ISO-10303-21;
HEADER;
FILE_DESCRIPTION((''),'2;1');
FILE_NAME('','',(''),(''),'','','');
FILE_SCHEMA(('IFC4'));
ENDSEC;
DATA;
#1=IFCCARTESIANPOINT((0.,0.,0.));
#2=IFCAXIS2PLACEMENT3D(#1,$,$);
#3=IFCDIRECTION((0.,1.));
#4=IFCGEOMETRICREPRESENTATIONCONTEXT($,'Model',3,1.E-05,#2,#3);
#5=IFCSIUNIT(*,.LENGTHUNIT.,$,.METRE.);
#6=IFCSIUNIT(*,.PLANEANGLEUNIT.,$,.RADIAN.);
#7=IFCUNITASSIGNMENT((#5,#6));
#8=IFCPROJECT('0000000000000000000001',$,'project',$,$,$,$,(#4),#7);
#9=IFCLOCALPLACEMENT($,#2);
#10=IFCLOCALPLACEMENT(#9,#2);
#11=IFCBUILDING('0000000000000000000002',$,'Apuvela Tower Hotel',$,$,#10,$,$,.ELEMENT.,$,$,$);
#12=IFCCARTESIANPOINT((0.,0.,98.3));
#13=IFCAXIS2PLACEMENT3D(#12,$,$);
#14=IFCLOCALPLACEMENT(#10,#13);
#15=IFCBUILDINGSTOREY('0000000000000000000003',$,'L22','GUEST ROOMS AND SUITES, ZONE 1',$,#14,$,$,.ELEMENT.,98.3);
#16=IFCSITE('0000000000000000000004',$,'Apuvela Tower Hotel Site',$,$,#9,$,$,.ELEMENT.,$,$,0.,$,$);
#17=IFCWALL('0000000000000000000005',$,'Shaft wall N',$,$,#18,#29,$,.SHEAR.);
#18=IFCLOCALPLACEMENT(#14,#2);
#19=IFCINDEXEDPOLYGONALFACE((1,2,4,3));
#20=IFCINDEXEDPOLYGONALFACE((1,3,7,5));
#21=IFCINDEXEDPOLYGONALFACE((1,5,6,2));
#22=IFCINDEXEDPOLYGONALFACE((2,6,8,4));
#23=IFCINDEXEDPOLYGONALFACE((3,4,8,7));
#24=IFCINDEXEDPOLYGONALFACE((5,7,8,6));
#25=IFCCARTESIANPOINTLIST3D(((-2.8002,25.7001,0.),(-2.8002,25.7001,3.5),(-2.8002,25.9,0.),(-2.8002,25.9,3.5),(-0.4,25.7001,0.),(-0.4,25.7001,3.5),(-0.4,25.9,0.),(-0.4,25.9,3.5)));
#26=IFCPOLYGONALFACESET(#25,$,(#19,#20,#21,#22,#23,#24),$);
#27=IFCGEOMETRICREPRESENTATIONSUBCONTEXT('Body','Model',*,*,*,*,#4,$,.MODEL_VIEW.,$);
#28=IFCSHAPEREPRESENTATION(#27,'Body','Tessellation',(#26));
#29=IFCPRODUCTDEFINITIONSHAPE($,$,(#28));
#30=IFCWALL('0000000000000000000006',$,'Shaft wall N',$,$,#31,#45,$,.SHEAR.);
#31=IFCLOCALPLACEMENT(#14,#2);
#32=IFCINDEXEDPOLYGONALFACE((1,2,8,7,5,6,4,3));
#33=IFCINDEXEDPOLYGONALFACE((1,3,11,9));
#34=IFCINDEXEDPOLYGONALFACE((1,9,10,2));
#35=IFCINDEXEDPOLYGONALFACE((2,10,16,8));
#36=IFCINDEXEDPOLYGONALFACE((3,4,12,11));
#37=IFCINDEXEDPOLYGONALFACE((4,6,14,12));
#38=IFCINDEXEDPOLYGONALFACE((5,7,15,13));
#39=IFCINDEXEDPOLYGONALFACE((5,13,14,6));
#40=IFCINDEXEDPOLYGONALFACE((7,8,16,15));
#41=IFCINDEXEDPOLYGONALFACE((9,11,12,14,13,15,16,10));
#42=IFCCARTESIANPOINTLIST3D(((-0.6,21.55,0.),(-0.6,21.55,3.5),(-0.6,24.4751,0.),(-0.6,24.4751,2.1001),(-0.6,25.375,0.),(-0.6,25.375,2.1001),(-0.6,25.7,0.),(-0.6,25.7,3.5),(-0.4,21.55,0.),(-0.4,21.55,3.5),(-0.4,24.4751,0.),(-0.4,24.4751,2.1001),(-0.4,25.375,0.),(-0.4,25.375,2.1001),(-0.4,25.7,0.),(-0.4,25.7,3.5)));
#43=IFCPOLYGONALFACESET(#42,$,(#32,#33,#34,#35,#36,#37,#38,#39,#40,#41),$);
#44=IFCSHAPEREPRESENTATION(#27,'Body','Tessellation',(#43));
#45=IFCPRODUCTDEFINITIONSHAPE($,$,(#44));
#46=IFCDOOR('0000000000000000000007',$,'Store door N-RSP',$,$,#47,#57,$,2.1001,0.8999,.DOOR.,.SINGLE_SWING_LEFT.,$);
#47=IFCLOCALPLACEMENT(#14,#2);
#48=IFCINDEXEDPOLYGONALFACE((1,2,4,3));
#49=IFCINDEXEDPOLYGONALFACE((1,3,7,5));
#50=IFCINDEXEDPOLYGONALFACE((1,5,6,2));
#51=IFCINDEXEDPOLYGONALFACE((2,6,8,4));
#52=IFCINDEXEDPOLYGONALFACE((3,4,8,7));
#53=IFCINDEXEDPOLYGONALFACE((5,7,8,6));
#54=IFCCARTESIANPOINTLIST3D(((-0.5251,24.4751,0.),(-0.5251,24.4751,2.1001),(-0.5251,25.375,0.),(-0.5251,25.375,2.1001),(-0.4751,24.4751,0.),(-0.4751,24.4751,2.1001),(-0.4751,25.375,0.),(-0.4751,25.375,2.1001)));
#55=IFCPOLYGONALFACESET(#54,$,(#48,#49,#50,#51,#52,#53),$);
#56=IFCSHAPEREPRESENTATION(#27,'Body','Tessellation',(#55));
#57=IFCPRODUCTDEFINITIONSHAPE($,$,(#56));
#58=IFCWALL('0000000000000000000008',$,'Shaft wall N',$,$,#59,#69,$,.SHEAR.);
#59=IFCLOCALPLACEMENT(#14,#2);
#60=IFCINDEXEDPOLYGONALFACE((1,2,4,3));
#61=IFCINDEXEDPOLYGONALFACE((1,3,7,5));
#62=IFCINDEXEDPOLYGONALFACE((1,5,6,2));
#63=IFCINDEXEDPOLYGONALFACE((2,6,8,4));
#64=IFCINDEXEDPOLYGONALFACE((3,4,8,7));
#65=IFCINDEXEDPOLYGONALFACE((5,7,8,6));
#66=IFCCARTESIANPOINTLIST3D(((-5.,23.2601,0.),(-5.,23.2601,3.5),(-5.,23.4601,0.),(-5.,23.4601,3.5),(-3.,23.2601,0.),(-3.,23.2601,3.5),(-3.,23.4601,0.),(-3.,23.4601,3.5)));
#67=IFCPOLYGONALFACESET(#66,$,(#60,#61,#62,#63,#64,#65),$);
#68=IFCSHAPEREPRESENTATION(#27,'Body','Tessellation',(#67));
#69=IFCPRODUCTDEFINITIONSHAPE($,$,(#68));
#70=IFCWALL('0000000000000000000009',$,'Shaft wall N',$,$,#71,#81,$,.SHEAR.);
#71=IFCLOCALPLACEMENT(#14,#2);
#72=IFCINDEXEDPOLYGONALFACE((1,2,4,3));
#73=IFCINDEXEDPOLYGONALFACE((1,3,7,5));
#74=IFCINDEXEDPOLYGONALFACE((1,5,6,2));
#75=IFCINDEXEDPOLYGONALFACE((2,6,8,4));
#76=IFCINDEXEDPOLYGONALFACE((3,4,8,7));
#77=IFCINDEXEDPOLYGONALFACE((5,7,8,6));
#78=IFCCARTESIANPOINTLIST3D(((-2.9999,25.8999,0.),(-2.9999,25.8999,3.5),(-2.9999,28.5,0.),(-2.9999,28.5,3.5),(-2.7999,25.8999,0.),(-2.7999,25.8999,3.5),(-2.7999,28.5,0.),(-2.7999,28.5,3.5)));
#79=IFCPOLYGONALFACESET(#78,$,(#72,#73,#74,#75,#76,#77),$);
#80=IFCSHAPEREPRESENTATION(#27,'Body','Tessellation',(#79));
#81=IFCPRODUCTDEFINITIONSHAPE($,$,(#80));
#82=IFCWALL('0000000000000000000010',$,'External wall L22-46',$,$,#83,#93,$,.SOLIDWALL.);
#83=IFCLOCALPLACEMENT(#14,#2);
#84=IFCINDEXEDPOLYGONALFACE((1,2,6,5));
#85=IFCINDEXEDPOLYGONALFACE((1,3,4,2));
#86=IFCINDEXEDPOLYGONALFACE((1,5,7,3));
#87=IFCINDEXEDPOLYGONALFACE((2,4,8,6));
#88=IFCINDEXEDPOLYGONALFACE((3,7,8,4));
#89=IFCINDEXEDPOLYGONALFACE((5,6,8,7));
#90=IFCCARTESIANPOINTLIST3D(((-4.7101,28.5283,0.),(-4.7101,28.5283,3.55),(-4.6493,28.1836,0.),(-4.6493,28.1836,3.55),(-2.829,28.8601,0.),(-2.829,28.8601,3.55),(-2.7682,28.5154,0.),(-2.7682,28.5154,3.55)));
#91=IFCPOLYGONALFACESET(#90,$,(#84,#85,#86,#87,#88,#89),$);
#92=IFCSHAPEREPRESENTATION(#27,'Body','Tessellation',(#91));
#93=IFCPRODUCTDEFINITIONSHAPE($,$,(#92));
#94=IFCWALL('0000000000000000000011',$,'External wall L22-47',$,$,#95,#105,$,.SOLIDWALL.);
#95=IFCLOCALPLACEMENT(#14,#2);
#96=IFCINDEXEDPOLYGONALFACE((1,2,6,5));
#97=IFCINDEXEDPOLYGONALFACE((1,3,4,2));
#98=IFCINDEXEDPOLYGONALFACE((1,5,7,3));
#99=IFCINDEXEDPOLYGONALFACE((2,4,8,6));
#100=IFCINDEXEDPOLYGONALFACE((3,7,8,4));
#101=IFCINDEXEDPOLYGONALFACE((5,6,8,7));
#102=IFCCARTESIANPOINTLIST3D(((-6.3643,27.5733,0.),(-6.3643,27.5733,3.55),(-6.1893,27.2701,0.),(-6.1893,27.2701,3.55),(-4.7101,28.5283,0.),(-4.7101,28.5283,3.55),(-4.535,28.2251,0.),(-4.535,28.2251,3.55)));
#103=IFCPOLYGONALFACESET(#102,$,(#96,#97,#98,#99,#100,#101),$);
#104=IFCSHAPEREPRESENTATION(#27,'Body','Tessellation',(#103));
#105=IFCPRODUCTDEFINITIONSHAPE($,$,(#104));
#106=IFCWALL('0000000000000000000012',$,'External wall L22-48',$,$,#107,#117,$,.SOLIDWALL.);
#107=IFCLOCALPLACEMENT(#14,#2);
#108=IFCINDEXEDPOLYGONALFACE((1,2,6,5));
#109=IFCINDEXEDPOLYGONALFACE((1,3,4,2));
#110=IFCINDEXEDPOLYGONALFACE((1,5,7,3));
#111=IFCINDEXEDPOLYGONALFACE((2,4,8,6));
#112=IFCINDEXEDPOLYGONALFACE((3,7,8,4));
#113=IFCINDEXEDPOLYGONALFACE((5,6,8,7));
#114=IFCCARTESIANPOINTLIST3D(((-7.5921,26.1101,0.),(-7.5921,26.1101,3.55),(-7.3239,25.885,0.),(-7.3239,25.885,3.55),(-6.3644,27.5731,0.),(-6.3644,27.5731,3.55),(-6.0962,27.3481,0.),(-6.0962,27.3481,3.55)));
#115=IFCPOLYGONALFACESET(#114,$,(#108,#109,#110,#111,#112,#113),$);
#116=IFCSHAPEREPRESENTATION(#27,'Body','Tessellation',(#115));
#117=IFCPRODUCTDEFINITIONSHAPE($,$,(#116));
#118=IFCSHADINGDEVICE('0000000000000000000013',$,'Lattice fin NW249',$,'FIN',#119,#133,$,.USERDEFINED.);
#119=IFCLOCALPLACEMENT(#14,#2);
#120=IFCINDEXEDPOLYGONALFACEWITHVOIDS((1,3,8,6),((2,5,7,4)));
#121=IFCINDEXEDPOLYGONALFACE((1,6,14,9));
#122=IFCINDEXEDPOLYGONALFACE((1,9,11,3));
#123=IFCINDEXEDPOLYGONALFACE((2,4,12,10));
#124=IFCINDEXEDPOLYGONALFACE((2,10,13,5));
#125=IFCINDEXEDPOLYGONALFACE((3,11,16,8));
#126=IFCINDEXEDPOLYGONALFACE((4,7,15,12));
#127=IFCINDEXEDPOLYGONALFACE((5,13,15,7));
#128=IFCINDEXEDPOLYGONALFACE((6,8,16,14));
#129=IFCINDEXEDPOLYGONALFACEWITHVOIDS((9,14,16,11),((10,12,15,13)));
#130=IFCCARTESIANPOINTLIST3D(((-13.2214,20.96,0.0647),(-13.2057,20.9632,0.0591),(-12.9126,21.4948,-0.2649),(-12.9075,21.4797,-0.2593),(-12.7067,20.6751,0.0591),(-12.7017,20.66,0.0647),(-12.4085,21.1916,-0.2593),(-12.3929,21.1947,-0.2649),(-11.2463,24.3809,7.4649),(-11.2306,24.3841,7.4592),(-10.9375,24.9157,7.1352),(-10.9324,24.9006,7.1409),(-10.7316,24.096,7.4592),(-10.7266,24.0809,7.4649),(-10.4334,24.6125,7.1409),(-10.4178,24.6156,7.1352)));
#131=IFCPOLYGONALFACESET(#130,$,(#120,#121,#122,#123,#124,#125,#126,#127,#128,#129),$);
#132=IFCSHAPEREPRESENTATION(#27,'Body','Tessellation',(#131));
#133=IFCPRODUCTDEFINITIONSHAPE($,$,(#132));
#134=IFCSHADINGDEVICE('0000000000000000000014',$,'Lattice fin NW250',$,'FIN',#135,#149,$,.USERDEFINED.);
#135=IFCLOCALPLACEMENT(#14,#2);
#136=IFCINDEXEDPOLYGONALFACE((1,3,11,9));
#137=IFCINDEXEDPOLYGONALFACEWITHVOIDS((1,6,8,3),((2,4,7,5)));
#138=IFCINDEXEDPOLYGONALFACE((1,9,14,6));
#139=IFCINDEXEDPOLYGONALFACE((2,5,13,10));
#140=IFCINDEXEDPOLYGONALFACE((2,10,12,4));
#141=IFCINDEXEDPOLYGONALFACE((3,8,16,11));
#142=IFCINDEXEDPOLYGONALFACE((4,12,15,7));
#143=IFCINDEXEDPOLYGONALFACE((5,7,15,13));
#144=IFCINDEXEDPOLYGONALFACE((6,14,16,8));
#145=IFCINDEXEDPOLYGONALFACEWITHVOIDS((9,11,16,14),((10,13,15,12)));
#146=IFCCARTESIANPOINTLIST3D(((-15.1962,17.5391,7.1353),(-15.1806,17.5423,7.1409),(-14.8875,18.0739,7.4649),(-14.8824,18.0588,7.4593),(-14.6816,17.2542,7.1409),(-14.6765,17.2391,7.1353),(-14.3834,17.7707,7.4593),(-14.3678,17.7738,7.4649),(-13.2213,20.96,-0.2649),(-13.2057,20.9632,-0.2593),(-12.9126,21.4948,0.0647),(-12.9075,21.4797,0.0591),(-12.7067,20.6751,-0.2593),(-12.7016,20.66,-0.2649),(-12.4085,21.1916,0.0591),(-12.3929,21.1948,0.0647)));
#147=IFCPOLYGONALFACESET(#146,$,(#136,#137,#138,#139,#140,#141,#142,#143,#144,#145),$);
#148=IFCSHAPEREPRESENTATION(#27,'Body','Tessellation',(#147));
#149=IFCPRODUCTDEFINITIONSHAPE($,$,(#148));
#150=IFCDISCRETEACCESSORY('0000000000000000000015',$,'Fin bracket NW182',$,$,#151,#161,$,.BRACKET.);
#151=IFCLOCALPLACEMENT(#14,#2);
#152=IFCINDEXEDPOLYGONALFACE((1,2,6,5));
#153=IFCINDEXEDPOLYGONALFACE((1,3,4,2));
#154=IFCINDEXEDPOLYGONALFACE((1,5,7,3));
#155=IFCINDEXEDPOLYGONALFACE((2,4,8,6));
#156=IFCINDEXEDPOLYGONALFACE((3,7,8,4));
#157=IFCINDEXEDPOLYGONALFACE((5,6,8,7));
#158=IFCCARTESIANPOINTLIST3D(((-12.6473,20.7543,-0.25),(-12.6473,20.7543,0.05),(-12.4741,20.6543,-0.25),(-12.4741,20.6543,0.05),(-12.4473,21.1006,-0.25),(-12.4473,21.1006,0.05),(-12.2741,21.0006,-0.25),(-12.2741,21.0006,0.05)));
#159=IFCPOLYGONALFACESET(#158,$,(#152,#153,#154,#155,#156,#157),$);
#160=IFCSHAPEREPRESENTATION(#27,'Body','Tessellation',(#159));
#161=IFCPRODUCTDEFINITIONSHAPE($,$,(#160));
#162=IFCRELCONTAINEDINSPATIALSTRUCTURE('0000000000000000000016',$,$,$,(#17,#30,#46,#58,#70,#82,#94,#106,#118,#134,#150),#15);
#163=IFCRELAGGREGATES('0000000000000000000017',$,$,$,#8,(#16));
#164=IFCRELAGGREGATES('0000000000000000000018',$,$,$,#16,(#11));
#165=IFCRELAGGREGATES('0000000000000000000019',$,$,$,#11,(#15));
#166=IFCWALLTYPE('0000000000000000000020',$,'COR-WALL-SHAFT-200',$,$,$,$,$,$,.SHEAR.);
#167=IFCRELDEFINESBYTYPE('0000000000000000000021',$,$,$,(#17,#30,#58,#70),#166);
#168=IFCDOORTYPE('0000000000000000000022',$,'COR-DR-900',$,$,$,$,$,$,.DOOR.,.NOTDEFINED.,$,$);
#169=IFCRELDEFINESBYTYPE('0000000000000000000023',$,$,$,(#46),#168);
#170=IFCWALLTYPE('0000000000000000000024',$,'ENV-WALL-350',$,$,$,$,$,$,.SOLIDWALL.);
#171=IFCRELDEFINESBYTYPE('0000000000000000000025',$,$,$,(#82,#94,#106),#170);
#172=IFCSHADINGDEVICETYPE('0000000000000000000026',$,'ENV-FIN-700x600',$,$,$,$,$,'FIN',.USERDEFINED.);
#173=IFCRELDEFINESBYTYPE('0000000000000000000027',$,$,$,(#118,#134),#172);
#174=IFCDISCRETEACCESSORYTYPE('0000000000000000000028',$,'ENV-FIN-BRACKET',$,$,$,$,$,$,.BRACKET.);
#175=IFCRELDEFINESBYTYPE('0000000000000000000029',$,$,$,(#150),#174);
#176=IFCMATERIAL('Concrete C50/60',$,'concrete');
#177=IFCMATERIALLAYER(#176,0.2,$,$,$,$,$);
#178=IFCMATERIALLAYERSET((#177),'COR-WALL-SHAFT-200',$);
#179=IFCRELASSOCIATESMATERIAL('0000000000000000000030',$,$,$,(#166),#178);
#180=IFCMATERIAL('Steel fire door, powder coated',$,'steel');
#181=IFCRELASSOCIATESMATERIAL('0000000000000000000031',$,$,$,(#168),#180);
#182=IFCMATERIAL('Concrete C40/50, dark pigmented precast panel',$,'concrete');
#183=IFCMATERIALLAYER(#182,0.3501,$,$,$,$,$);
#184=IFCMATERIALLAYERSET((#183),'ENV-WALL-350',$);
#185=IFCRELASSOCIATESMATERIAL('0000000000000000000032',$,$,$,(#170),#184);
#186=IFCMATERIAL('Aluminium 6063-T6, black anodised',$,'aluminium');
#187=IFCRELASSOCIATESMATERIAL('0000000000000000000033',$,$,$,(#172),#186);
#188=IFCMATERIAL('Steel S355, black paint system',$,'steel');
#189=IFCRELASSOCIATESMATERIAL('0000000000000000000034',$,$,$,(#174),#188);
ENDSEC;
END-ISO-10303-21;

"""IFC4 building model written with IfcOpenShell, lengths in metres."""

from ifc_helpers import new_model, si_unit, direction, frame, frame_2d, origin, origin_2d, place, context, subcontext, project, spatial, rectangle, hollow_rectangle, extrude, material, layer, layer_set, material_profile, profile_set, type_object, element, fill, save


model = new_model("IFC4")

# Units and contexts
model_context = context("Model", 3, precision=1e-05, world=origin(), true_north=direction((0.0, 1.0)))
body_context = subcontext(model_context, "Body", "Model", "MODEL_VIEW")
ifc_project = project(units=[si_unit("LENGTHUNIT", "METRE"), si_unit("PLANEANGLEUNIT", "RADIAN")], contexts=[model_context])

# Site, building, storey
site_placement = place(None, origin())
site = spatial("IfcSite", under=ifc_project, at=site_placement, Name="Apuvela Tower Hotel Site", CompositionType="ELEMENT", RefElevation=0.0)
building_placement = place(site_placement, origin())
building = spatial("IfcBuilding", under=site, at=building_placement, Name="Apuvela Tower Hotel", CompositionType="ELEMENT")
storey_placement = place(building_placement, frame((0.0, 0.0, 98.3)))
storey = spatial("IfcBuildingStorey", under=building, at=storey_placement, Name="L22", Description="GUEST ROOMS AND SUITES, ZONE 1", CompositionType="ELEMENT", Elevation=98.3)

# Wall
ifc_material_1 = material(Name="Concrete C50/60", Category="concrete")
ifc_layer_1 = layer(ifc_material_1, 0.2)
ifc_layer_set_1 = layer_set([ifc_layer_1], Name="COR-WALL-SHAFT-200")
wall_type_1 = type_object("IfcWallType", Name="COR-WALL-SHAFT-200", PredefinedType="SHEAR", material=ifc_layer_set_1)
wall_1_placement = place(storey_placement, frame((-0.3999, 25.8, 0.0), z_axis=(0.0, 0.0, 1.0), x_axis=(-1.0, 0.0, 0.0)))
element("IfcWall", 1, at=wall_1_placement, inside=storey, type_object=wall_type_1, Name="Shaft wall N", PredefinedType="SHEAR", context=body_context, shape_type="SweptSolid", body=[
    extrude(rectangle(XDim=2.4001, YDim=0.2, at=frame_2d((1.2002, 0.0))), origin(), (0.0, 0.0, 1.0), 3.5),
])

# Wall, opening, door
wall_2_placement = place(storey_placement, frame((-0.5, 21.55, 0.0), z_axis=(0.0, 0.0, 1.0), x_axis=(0.0, 1.0, 0.0)))
wall_2 = element("IfcWall", 2, at=wall_2_placement, inside=storey, type_object=wall_type_1, Name="Shaft wall N", PredefinedType="SHEAR", context=body_context, shape_type="SweptSolid", body=[
    extrude(rectangle(XDim=4.1499, YDim=0.2, at=frame_2d((2.075, 0.0))), origin(), (0.0, 0.0, 1.0), 3.5),
])
opening_1_placement = place(wall_2_placement, frame((2.925, 0.0, 0.0)))
opening_1 = element("IfcOpeningElement", 3, at=opening_1_placement, cuts=wall_2, PredefinedType="OPENING", context=body_context, shape_type="SweptSolid", body=[
    extrude(rectangle(XDim=0.8999, YDim=2.1001, at=frame_2d((0.45, 1.05))), frame((0.0, 0.1099, 0.0), z_axis=(0.0, -1.0, 0.0), x_axis=(1.0, 0.0, 0.0)), (0.0, 0.0, 1.0), 0.22),
])
ifc_material_2 = material(Name="Steel fire door, powder coated", Category="steel")
door_type_1 = type_object("IfcDoorType", Name="COR-DR-900", OperationType="NOTDEFINED", PredefinedType="DOOR", material=ifc_material_2)
door_1_placement = place(opening_1_placement, frame((0.8999, 0.0, 0.0), z_axis=(0.0, 0.0, 1.0), x_axis=(-1.0, 0.0, 0.0)))
door_1 = element("IfcDoor", 4, at=door_1_placement, inside=storey, type_object=door_type_1, Name="Store door N-RSP", OperationType="SINGLE_SWING_LEFT", OverallHeight=2.1001, OverallWidth=0.8999, PredefinedType="DOOR", context=body_context, shape_type="SweptSolid", body=[
    extrude(rectangle(XDim=0.8999, YDim=2.1001, at=frame_2d((0.45, 1.05))), frame((0.0, 0.0249, 0.0), z_axis=(0.0, -1.0, 0.0), x_axis=(1.0, 0.0, 0.0)), (0.0, 0.0, 1.0), 0.05),
])
fill(opening_1, door_1)

# Walls
wall_3_placement = place(storey_placement, frame((-3.0, 23.3601, 0.0), z_axis=(0.0, 0.0, 1.0), x_axis=(-1.0, 0.0, 0.0)))
element("IfcWall", 5, at=wall_3_placement, inside=storey, type_object=wall_type_1, Name="Shaft wall N", PredefinedType="SHEAR", context=body_context, shape_type="SweptSolid", body=[
    extrude(rectangle(XDim=2.0, YDim=0.2, at=frame_2d((1.0, 0.0))), origin(), (0.0, 0.0, 1.0), 3.5),
])
wall_4_placement = place(storey_placement, frame((-2.8999, 25.8999, 0.0), z_axis=(0.0, 0.0, 1.0), x_axis=(0.0, 1.0, 0.0)))
element("IfcWall", 6, at=wall_4_placement, inside=storey, type_object=wall_type_1, Name="Shaft wall N", PredefinedType="SHEAR", context=body_context, shape_type="SweptSolid", body=[
    extrude(rectangle(XDim=2.6001, YDim=0.2, at=frame_2d((1.3, 0.0))), origin(), (0.0, 0.0, 1.0), 3.5),
])

# Shared definitions
ifc_material_3 = material(Name="Concrete C40/50, dark pigmented precast panel", Category="concrete")
ifc_layer_2 = layer(ifc_material_3, 0.3501)
ifc_layer_set_2 = layer_set([ifc_layer_2], Name="ENV-WALL-350")
wall_type_2 = type_object("IfcWallType", Name="ENV-WALL-350", PredefinedType="SOLIDWALL", material=ifc_layer_set_2)

# Walls
for number, where, z_axis, x_axis, name in (
    (7, (-2.7986, 28.6877, 0.0), (0.0, 0.0, 1.0), (-0.984799, -0.173698, 0.0), "External wall L22-46"),
    (8, (-4.6226, 28.3767, 0.0), (0.0, 0.0, 1.0), (-0.866032, -0.499988, 0.0), "External wall L22-47"),
):
    element("IfcWall", number, at=place(storey_placement, frame(where, z_axis=z_axis, x_axis=x_axis)), inside=storey, type_object=wall_type_2, Name=name, PredefinedType="SOLIDWALL", context=body_context, shape_type="SweptSolid", body=[
        extrude(rectangle(XDim=1.9102, YDim=0.3501, at=frame_2d((0.9551, 0.0))), origin(), (0.0, 0.0, 1.0), 3.55),
    ])
wall_5_placement = place(storey_placement, frame((-6.2302, 27.4607, 0.0), z_axis=(0.0, 0.0, 1.0), x_axis=(-0.642808, -0.766027, 0.0)))
element("IfcWall", 9, at=wall_5_placement, inside=storey, type_object=wall_type_2, Name="External wall L22-48", PredefinedType="SOLIDWALL", context=body_context, shape_type="SweptSolid", body=[
    extrude(rectangle(XDim=1.9099, YDim=0.3501, at=frame_2d((0.9551, 0.0))), origin(), (0.0, 0.0, 1.0), 3.55),
])

# Shading devices
ifc_material_4 = material(Name="Aluminium 6063-T6, black anodised", Category="aluminium")
ifc_material_profile_1 = material_profile(ifc_material_4, hollow_rectangle(XDim=0.6001, YDim=0.7, WallThickness=0.012, at=origin_2d()), Name="AL BOX 700x600x12")
ifc_profile_set_1 = profile_set([ifc_material_profile_1], Name="Aluminium 6063-T6, black anodised")
shading_device_type = type_object("IfcShadingDeviceType", Name="ENV-FIN-700x600", ElementType="FIN", PredefinedType="USERDEFINED", material=ifc_profile_set_1)
for number, where, z_axis, x_axis, name in (
    (10, (-12.8071, 21.0774, -0.1001), (0.235455, 0.407812, 0.882185), (-0.866021, 0.500008, 0.0), "Lattice fin NW249"),
    (11, (-12.8071, 21.0774, -0.1001), (-0.235428, -0.407814, 0.882191), (0.866048, -0.499961, 0.0), "Lattice fin NW250"),
):
    element("IfcShadingDevice", number, at=place(storey_placement, frame(where, z_axis=z_axis, x_axis=x_axis)), inside=storey, type_object=shading_device_type, Name=name, ObjectType="FIN", PredefinedType="USERDEFINED", context=body_context, shape_type="SweptSolid", body=[
        extrude(hollow_rectangle(XDim=0.6001, YDim=0.7, WallThickness=0.012, at=origin_2d()), origin(), (0.0, 0.0, 1.0), 8.3884),
    ])

# Discrete accessory
ifc_material_5 = material(Name="Steel S355, black paint system", Category="steel")
discrete_accessory_type = type_object("IfcDiscreteAccessoryType", Name="ENV-FIN-BRACKET", PredefinedType="BRACKET", material=ifc_material_5)
discrete_accessory_placement = place(storey_placement, frame((-12.4607, 20.8774, -0.25), z_axis=(0.0, 0.0, 1.0), x_axis=(-0.5, -0.866025, 0.0)))
element("IfcDiscreteAccessory", 12, at=discrete_accessory_placement, inside=storey, type_object=discrete_accessory_type, Name="Fin bracket NW182", PredefinedType="BRACKET", context=body_context, shape_type="SweptSolid", body=[
    extrude(rectangle(XDim=0.3999, YDim=0.2, at=origin_2d()), origin(), (0.0, 0.0, 1.0), 0.3),
])

save(model, "model.ifc")
